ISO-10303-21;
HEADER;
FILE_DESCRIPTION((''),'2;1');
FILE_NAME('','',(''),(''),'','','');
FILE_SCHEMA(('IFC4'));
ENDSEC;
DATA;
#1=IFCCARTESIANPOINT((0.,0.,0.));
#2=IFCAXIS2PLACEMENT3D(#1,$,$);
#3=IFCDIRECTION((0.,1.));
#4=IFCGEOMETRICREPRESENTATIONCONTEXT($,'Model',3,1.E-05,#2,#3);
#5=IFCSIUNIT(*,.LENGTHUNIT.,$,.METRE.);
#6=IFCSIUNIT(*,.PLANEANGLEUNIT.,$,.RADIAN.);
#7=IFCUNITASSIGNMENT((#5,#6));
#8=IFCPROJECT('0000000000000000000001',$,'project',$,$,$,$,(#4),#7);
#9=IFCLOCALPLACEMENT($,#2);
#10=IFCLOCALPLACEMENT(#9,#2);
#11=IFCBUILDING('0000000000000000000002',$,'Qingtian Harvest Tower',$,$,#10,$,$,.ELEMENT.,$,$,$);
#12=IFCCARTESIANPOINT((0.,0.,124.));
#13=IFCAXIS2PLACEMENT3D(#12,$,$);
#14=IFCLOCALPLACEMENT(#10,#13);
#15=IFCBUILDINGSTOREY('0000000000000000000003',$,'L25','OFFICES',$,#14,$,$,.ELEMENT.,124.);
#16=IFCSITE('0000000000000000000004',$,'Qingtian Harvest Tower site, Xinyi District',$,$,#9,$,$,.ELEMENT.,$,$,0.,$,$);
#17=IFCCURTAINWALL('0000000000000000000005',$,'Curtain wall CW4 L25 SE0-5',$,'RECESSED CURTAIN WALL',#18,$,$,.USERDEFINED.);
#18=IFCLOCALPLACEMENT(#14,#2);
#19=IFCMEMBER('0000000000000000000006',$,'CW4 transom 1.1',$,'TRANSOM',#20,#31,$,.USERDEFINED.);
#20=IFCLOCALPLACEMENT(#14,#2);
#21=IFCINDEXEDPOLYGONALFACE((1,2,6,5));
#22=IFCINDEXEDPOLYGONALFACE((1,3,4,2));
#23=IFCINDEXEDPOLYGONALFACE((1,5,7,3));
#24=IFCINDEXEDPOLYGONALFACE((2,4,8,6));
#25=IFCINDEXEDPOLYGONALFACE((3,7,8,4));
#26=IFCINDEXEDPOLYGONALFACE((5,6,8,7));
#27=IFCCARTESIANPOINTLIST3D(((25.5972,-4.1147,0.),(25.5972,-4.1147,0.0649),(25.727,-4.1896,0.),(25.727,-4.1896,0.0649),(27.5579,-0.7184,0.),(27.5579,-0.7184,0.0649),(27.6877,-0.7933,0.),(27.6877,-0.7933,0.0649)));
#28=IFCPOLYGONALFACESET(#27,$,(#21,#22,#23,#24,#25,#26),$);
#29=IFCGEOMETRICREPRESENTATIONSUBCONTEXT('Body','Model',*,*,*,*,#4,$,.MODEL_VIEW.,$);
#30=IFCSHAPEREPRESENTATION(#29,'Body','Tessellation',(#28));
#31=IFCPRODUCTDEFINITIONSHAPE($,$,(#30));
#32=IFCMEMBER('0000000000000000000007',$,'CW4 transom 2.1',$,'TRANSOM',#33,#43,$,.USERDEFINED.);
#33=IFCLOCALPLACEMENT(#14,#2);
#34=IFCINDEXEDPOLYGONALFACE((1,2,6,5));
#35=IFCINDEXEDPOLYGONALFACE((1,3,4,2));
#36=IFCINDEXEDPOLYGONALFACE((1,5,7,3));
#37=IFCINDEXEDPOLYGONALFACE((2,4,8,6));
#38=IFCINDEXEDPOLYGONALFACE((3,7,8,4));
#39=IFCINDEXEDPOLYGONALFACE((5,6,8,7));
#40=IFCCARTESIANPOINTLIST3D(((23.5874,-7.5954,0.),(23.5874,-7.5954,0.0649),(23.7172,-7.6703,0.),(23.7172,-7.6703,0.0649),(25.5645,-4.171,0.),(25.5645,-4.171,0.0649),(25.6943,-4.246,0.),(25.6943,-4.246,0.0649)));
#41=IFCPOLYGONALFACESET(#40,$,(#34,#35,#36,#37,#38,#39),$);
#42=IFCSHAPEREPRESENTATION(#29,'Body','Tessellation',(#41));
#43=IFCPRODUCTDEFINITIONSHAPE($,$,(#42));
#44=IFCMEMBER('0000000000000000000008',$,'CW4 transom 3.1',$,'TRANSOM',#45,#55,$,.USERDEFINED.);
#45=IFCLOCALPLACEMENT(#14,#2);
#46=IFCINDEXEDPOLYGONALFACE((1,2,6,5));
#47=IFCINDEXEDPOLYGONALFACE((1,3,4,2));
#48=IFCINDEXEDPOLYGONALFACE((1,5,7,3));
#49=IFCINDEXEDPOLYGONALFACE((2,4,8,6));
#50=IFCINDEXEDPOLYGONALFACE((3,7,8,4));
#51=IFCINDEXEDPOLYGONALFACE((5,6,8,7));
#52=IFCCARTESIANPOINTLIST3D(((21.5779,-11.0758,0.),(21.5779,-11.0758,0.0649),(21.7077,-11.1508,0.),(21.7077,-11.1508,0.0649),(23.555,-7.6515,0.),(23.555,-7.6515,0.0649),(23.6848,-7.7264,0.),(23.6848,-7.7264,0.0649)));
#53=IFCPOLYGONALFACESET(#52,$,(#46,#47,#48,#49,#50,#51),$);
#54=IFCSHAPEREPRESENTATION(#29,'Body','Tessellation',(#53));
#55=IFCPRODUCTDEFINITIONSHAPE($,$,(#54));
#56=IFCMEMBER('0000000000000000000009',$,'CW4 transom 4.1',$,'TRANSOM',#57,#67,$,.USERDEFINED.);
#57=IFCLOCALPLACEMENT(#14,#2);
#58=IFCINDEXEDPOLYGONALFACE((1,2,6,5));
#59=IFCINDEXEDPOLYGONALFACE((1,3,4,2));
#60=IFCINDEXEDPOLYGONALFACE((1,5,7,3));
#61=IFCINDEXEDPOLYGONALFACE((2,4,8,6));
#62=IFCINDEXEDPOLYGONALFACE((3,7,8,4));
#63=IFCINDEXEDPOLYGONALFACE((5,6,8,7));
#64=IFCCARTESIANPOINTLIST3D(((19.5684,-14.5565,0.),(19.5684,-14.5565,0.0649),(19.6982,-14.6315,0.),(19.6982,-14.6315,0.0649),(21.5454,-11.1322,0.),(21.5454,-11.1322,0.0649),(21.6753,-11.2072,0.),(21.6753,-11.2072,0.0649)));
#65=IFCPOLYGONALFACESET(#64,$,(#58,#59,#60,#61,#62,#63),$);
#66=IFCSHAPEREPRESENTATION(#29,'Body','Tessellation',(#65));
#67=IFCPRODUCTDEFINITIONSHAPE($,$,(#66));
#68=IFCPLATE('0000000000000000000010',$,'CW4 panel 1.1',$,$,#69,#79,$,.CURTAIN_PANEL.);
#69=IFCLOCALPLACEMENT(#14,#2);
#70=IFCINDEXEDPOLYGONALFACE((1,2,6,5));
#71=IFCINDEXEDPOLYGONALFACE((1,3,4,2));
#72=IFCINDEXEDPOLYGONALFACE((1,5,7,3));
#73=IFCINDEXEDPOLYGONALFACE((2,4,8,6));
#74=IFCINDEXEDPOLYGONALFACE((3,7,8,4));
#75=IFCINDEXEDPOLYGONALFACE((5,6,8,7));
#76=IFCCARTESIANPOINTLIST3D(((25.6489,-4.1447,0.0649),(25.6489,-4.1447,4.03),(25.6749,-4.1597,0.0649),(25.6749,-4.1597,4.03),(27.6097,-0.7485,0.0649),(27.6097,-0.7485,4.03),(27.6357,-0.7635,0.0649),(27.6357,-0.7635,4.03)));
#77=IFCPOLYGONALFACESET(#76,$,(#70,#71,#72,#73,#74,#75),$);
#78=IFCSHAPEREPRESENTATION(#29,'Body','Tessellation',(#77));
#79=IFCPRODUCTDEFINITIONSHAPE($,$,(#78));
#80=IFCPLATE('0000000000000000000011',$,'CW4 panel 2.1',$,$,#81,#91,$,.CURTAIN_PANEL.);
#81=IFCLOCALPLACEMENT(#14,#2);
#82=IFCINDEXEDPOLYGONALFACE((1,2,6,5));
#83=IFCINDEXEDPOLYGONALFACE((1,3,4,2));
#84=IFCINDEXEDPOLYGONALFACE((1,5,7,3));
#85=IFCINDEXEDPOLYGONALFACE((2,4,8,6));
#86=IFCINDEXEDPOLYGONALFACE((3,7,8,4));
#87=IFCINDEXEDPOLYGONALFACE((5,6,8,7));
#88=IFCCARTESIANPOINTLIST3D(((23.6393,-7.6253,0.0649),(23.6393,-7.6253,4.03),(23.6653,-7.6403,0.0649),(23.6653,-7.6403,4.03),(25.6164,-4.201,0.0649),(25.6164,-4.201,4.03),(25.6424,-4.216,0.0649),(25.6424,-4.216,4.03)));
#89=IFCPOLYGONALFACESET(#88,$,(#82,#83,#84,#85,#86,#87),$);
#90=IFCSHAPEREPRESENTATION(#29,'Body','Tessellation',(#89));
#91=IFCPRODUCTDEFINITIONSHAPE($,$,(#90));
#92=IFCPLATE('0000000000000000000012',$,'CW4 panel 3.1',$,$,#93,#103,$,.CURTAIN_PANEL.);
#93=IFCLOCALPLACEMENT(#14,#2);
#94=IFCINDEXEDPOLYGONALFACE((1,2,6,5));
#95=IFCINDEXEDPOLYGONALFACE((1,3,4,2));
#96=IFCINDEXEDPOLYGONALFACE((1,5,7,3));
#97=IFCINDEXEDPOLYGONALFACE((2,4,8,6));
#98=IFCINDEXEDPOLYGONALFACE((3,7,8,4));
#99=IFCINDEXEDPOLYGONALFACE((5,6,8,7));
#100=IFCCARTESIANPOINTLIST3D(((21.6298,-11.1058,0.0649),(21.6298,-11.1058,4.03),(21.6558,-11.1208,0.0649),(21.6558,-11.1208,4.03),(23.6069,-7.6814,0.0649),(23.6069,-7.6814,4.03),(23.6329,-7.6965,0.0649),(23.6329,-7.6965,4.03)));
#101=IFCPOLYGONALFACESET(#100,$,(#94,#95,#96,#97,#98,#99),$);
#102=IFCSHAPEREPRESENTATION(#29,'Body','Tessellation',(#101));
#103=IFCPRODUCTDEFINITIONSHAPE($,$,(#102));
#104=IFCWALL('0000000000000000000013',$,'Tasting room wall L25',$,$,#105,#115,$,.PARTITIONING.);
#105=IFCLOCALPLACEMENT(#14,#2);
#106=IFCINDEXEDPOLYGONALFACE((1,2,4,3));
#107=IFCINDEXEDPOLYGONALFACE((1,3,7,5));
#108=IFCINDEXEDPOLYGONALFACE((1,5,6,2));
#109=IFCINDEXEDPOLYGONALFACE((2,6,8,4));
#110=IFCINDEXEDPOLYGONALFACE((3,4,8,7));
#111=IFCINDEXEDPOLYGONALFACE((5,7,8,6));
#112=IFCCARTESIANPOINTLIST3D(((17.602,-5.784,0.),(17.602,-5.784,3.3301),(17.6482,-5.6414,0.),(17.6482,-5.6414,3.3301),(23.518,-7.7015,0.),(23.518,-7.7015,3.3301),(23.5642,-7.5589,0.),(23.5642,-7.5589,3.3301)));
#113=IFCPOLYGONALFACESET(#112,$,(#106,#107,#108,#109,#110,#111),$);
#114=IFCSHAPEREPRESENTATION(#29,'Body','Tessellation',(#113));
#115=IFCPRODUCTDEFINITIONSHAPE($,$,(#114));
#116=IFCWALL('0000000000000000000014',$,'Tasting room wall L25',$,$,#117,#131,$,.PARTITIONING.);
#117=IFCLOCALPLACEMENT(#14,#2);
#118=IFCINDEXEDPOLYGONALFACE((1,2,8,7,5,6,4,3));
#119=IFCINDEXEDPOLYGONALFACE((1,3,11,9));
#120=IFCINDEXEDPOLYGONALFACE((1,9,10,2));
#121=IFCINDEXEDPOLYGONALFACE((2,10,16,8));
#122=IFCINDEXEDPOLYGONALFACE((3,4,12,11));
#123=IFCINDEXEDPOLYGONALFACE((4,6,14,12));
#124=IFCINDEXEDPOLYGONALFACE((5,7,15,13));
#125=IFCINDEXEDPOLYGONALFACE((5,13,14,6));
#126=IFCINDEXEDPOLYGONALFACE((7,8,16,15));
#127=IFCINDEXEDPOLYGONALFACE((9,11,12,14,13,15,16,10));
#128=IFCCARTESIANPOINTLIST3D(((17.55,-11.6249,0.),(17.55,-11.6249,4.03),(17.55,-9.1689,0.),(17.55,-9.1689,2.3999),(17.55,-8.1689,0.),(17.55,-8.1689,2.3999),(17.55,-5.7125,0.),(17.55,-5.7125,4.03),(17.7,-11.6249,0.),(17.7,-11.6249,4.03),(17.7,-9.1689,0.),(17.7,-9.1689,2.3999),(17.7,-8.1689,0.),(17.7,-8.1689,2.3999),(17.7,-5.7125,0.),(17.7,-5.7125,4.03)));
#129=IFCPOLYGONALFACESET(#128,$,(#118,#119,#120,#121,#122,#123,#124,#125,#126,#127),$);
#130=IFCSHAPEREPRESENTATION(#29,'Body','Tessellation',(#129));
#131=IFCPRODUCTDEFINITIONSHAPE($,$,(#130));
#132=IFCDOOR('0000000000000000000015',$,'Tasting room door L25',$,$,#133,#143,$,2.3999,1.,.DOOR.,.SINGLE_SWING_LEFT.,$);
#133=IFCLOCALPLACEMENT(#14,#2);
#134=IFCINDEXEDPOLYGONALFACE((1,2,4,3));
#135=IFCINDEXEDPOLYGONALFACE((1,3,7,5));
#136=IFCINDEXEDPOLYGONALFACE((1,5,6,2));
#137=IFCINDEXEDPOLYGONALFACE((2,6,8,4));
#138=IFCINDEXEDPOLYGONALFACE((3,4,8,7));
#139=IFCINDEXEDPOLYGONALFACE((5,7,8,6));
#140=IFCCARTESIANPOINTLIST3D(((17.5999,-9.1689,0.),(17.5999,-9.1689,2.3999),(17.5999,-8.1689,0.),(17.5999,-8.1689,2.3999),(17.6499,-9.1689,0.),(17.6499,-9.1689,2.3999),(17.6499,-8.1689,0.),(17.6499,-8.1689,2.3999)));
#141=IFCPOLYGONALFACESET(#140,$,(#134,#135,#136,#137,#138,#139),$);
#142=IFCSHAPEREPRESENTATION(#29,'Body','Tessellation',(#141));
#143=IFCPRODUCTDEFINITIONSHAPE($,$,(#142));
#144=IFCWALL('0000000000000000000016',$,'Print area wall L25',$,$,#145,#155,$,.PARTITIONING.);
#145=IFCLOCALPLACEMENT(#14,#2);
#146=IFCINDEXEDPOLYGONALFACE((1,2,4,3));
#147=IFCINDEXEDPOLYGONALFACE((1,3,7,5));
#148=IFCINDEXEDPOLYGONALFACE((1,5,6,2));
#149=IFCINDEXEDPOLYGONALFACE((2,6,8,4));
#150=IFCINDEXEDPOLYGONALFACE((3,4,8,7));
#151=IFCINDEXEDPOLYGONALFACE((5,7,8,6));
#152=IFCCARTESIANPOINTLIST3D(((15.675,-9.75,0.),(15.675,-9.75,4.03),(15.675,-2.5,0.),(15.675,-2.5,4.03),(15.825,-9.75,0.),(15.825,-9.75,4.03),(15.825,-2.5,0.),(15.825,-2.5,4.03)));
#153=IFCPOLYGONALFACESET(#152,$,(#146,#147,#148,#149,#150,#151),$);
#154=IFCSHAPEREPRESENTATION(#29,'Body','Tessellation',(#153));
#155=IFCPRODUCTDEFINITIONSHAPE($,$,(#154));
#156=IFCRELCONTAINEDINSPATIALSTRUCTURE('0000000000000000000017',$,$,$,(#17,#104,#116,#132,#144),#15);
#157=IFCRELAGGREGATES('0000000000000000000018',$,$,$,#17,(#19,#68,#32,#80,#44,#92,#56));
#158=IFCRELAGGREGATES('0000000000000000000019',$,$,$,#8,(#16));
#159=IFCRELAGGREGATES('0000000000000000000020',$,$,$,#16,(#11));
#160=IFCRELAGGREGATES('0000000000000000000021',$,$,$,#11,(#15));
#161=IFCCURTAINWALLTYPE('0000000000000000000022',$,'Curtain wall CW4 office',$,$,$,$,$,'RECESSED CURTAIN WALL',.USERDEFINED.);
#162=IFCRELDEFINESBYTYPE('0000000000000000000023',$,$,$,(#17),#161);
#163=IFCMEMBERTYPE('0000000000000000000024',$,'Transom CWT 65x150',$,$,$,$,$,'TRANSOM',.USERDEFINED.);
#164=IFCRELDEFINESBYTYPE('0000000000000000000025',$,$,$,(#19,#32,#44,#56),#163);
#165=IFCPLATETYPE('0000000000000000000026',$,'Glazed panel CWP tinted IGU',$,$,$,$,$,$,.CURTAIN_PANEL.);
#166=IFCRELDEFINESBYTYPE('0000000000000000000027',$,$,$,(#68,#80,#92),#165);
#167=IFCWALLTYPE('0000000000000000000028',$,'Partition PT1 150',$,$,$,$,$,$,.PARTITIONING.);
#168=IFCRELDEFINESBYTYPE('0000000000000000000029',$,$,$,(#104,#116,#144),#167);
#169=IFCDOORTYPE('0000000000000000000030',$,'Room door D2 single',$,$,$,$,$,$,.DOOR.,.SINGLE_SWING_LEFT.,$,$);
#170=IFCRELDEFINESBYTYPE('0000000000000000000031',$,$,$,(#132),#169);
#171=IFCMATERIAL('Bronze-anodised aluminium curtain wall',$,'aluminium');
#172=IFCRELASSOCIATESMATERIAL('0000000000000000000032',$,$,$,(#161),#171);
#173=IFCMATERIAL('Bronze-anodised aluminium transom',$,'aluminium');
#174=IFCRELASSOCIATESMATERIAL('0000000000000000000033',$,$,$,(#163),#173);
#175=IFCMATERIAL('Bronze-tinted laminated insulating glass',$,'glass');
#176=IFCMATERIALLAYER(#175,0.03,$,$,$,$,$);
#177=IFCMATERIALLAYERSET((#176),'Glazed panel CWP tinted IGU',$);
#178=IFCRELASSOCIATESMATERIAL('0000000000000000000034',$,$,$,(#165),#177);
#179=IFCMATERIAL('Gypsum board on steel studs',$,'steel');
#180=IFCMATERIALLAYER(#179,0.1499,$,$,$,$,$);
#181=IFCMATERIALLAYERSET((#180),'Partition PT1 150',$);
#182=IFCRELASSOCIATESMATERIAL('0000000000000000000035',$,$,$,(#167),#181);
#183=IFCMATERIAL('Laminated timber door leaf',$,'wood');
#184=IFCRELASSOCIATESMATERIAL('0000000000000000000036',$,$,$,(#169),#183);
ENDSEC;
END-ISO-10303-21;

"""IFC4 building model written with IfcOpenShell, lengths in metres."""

from ifc_helpers import new_model, si_unit, direction, frame, frame_2d, origin, origin_2d, place, context, subcontext, project, spatial, rectangle, extrude, material, layer, layer_set, material_profile, profile_set, type_object, element, fill, aggregate, save


model = new_model("IFC4")

# Units and contexts
model_context = context("Model", 3, precision=1e-05, world=origin(), true_north=direction((0.0, 1.0)))
body_context = subcontext(model_context, "Body", "Model", "MODEL_VIEW")
ifc_project = project(units=[si_unit("LENGTHUNIT", "METRE"), si_unit("PLANEANGLEUNIT", "RADIAN")], contexts=[model_context])

# Site, building, storey
site_placement = place(None, origin())
site = spatial("IfcSite", under=ifc_project, at=site_placement, Name="Qingtian Harvest Tower site, Xinyi District", CompositionType="ELEMENT", RefElevation=0.0)
building_placement = place(site_placement, origin())
building = spatial("IfcBuilding", under=site, at=building_placement, Name="Qingtian Harvest Tower", CompositionType="ELEMENT")
storey_placement = place(building_placement, frame((0.0, 0.0, 124.0)))
storey = spatial("IfcBuildingStorey", under=building, at=storey_placement, Name="L25", Description="OFFICES", CompositionType="ELEMENT", Elevation=124.0)

# Shared definitions
ifc_material_1 = material(Name="Bronze-anodised aluminium curtain wall", Category="aluminium")
curtain_wall_type = type_object("IfcCurtainWallType", Name="Curtain wall CW4 office", ElementType="RECESSED CURTAIN WALL", PredefinedType="USERDEFINED", material=ifc_material_1)

# Curtain wall
curtain_wall_1_placement = place(storey_placement, origin())
curtain_wall_1 = element("IfcCurtainWall", 1, at=curtain_wall_1_placement, inside=storey, type_object=curtain_wall_type, Name="Curtain wall CW4 L25 SE0-5", ObjectType="RECESSED CURTAIN WALL", PredefinedType="USERDEFINED")

# Members
ifc_material_2 = material(Name="Bronze-anodised aluminium transom", Category="aluminium")
ifc_material_profile_1 = material_profile(ifc_material_2, rectangle(XDim=0.1499, YDim=0.0649, at=origin_2d()), Name="AL 65x150")
ifc_profile_set_1 = profile_set([ifc_material_profile_1], Name="Bronze-anodised aluminium transom")
member_type_1 = type_object("IfcMemberType", Name="Transom CWT 65x150", ElementType="TRANSOM", PredefinedType="USERDEFINED", material=ifc_profile_set_1)
member_1_placement = place(storey_placement, frame((27.6228, -0.7559, 0.0325), z_axis=(-0.499976, -0.866039, 0.0), x_axis=(0.866039, -0.499976, 0.0)))
member_1 = element("IfcMember", 2, at=member_1_placement, type_object=member_type_1, Name="CW4 transom 1.1", ObjectType="TRANSOM", PredefinedType="USERDEFINED", context=body_context, shape_type="SweptSolid", body=[
    extrude(rectangle(XDim=0.1499, YDim=0.0649, at=origin_2d()), origin(), (0.0, 0.0, 1.0), 3.9216),
])
member_2_placement = place(storey_placement, frame((25.6294, -4.2085, 0.0325), z_axis=(-0.500004, -0.866023, 0.0), x_axis=(0.866023, -0.500004, 0.0)))
member_2 = element("IfcMember", 3, at=member_2_placement, type_object=member_type_1, Name="CW4 transom 2.1", ObjectType="TRANSOM", PredefinedType="USERDEFINED", context=body_context, shape_type="SweptSolid", body=[
    extrude(rectangle(XDim=0.1499, YDim=0.0649, at=origin_2d()), origin(), (0.0, 0.0, 1.0), 3.9541),
])
member_3_placement = place(storey_placement, frame((23.6199, -7.689, 0.0325), z_axis=(-0.500004, -0.866023, 0.0), x_axis=(0.866023, -0.500004, 0.0)))
member_3 = element("IfcMember", 4, at=member_3_placement, type_object=member_type_1, Name="CW4 transom 3.1", ObjectType="TRANSOM", PredefinedType="USERDEFINED", context=body_context, shape_type="SweptSolid", body=[
    extrude(rectangle(XDim=0.1499, YDim=0.0649, at=origin_2d()), origin(), (0.0, 0.0, 1.0), 3.9541),
])
member_4_placement = place(storey_placement, frame((21.6104, -11.1697, 0.0325), z_axis=(-0.500004, -0.866023, 0.0), x_axis=(0.866023, -0.500004, 0.0)))
member_4 = element("IfcMember", 5, at=member_4_placement, type_object=member_type_1, Name="CW4 transom 4.1", ObjectType="TRANSOM", PredefinedType="USERDEFINED", context=body_context, shape_type="SweptSolid", body=[
    extrude(rectangle(XDim=0.1499, YDim=0.0649, at=origin_2d()), origin(), (0.0, 0.0, 1.0), 3.9541),
])

# Plates
ifc_material_3 = material(Name="Bronze-tinted laminated insulating glass", Category="glass")
ifc_layer_1 = layer(ifc_material_3, 0.03)
ifc_layer_set_1 = layer_set([ifc_layer_1], Name="Glazed panel CWP tinted IGU")
plate_type = type_object("IfcPlateType", Name="Glazed panel CWP tinted IGU", PredefinedType="CURTAIN_PANEL", material=ifc_layer_set_1)
plate_1_placement = place(storey_placement, frame((26.6423, -2.4541, 0.0649), z_axis=(0.0, 0.0, 1.0), x_axis=(-0.5, -0.866025, 0.0)))
plate_1 = element("IfcPlate", 6, at=plate_1_placement, type_object=plate_type, Name="CW4 panel 1.1", PredefinedType="CURTAIN_PANEL", context=body_context, shape_type="SweptSolid", body=[
    extrude(rectangle(XDim=3.9216, YDim=0.03, at=origin_2d()), origin(), (0.0, 0.0, 1.0), 3.9651),
])
plate_2_placement = place(storey_placement, frame((24.6409, -5.9207, 0.0649), z_axis=(0.0, 0.0, 1.0), x_axis=(-0.5, -0.866025, 0.0)))
plate_2 = element("IfcPlate", 7, at=plate_2_placement, type_object=plate_type, Name="CW4 panel 2.1", PredefinedType="CURTAIN_PANEL", context=body_context, shape_type="SweptSolid", body=[
    extrude(rectangle(XDim=3.9541, YDim=0.03, at=origin_2d()), origin(), (0.0, 0.0, 1.0), 3.9651),
])
plate_3_placement = place(storey_placement, frame((22.6313, -9.4011, 0.0649), z_axis=(0.0, 0.0, 1.0), x_axis=(-0.5, -0.866025, 0.0)))
plate_3 = element("IfcPlate", 8, at=plate_3_placement, type_object=plate_type, Name="CW4 panel 3.1", PredefinedType="CURTAIN_PANEL", context=body_context, shape_type="SweptSolid", body=[
    extrude(rectangle(XDim=3.9541, YDim=0.03, at=origin_2d()), origin(), (0.0, 0.0, 1.0), 3.9651),
])
aggregate(curtain_wall_1, [member_1, plate_1, member_2, plate_2, member_3, plate_3, member_4])

# Wall
ifc_material_4 = material(Name="Gypsum board on steel studs", Category="steel")
ifc_layer_2 = layer(ifc_material_4, 0.1499)
ifc_layer_set_2 = layer_set([ifc_layer_2], Name="Partition PT1 150")
wall_type = type_object("IfcWallType", Name="Partition PT1 150", PredefinedType="PARTITIONING", material=ifc_layer_set_2)
wall_1_placement = place(storey_placement, frame((23.541, -7.6301, 0.0), z_axis=(0.0, 0.0, 1.0), x_axis=(-0.951281, 0.308326, 0.0)))
element("IfcWall", 9, at=wall_1_placement, inside=storey, type_object=wall_type, Name="Tasting room wall L25", PredefinedType="PARTITIONING", context=body_context, shape_type="SweptSolid", body=[
    extrude(rectangle(XDim=6.219, YDim=0.1499, at=frame_2d((3.1094, 0.0))), origin(), (0.0, 0.0, 1.0), 3.3301),
])

# Wall, opening, door
wall_2_placement = place(storey_placement, frame((17.625, -5.7126, 0.0), z_axis=(0.0, 0.0, 1.0), x_axis=(0.0, -1.0, 0.0)))
wall_2 = element("IfcWall", 10, at=wall_2_placement, inside=storey, type_object=wall_type, Name="Tasting room wall L25", PredefinedType="PARTITIONING", context=body_context, shape_type="SweptSolid", body=[
    extrude(rectangle(XDim=5.9124, YDim=0.1499, at=frame_2d((2.9561, 0.0))), origin(), (0.0, 0.0, 1.0), 4.03),
])
opening_placement = place(wall_2_placement, frame((2.4563, 0.0, 0.0)))
opening = element("IfcOpeningElement", 11, at=opening_placement, cuts=wall_2, PredefinedType="OPENING", context=body_context, shape_type="SweptSolid", body=[
    extrude(rectangle(XDim=1.0, YDim=2.3999, at=frame_2d((0.5, 1.2))), frame((0.0, 0.085, 0.0), z_axis=(0.0, -1.0, 0.0), x_axis=(1.0, 0.0, 0.0)), (0.0, 0.0, 1.0), 0.1699),
])
ifc_material_5 = material(Name="Laminated timber door leaf", Category="wood")
door_type = type_object("IfcDoorType", Name="Room door D2 single", OperationType="SINGLE_SWING_LEFT", PredefinedType="DOOR", material=ifc_material_5)
door_placement = place(opening_placement, origin())
door = element("IfcDoor", 12, at=door_placement, inside=storey, type_object=door_type, Name="Tasting room door L25", OperationType="SINGLE_SWING_LEFT", OverallHeight=2.3999, OverallWidth=1.0, PredefinedType="DOOR", context=body_context, shape_type="SweptSolid", body=[
    extrude(rectangle(XDim=1.0, YDim=2.3999, at=frame_2d((0.5, 1.2))), frame((0.0, 0.0249, 0.0), z_axis=(0.0, -1.0, 0.0), x_axis=(1.0, 0.0, 0.0)), (0.0, 0.0, 1.0), 0.05),
])
fill(opening, door)

# Wall
wall_3_placement = place(storey_placement, frame((15.75, -9.75, 0.0), z_axis=(0.0, 0.0, 1.0), x_axis=(0.0, 1.0, 0.0)))
element("IfcWall", 13, at=wall_3_placement, inside=storey, type_object=wall_type, Name="Print area wall L25", PredefinedType="PARTITIONING", context=body_context, shape_type="SweptSolid", body=[
    extrude(rectangle(XDim=7.25, YDim=0.1499, at=frame_2d((3.625, 0.0))), origin(), (0.0, 0.0, 1.0), 4.03),
])

save(model, "model.ifc")
